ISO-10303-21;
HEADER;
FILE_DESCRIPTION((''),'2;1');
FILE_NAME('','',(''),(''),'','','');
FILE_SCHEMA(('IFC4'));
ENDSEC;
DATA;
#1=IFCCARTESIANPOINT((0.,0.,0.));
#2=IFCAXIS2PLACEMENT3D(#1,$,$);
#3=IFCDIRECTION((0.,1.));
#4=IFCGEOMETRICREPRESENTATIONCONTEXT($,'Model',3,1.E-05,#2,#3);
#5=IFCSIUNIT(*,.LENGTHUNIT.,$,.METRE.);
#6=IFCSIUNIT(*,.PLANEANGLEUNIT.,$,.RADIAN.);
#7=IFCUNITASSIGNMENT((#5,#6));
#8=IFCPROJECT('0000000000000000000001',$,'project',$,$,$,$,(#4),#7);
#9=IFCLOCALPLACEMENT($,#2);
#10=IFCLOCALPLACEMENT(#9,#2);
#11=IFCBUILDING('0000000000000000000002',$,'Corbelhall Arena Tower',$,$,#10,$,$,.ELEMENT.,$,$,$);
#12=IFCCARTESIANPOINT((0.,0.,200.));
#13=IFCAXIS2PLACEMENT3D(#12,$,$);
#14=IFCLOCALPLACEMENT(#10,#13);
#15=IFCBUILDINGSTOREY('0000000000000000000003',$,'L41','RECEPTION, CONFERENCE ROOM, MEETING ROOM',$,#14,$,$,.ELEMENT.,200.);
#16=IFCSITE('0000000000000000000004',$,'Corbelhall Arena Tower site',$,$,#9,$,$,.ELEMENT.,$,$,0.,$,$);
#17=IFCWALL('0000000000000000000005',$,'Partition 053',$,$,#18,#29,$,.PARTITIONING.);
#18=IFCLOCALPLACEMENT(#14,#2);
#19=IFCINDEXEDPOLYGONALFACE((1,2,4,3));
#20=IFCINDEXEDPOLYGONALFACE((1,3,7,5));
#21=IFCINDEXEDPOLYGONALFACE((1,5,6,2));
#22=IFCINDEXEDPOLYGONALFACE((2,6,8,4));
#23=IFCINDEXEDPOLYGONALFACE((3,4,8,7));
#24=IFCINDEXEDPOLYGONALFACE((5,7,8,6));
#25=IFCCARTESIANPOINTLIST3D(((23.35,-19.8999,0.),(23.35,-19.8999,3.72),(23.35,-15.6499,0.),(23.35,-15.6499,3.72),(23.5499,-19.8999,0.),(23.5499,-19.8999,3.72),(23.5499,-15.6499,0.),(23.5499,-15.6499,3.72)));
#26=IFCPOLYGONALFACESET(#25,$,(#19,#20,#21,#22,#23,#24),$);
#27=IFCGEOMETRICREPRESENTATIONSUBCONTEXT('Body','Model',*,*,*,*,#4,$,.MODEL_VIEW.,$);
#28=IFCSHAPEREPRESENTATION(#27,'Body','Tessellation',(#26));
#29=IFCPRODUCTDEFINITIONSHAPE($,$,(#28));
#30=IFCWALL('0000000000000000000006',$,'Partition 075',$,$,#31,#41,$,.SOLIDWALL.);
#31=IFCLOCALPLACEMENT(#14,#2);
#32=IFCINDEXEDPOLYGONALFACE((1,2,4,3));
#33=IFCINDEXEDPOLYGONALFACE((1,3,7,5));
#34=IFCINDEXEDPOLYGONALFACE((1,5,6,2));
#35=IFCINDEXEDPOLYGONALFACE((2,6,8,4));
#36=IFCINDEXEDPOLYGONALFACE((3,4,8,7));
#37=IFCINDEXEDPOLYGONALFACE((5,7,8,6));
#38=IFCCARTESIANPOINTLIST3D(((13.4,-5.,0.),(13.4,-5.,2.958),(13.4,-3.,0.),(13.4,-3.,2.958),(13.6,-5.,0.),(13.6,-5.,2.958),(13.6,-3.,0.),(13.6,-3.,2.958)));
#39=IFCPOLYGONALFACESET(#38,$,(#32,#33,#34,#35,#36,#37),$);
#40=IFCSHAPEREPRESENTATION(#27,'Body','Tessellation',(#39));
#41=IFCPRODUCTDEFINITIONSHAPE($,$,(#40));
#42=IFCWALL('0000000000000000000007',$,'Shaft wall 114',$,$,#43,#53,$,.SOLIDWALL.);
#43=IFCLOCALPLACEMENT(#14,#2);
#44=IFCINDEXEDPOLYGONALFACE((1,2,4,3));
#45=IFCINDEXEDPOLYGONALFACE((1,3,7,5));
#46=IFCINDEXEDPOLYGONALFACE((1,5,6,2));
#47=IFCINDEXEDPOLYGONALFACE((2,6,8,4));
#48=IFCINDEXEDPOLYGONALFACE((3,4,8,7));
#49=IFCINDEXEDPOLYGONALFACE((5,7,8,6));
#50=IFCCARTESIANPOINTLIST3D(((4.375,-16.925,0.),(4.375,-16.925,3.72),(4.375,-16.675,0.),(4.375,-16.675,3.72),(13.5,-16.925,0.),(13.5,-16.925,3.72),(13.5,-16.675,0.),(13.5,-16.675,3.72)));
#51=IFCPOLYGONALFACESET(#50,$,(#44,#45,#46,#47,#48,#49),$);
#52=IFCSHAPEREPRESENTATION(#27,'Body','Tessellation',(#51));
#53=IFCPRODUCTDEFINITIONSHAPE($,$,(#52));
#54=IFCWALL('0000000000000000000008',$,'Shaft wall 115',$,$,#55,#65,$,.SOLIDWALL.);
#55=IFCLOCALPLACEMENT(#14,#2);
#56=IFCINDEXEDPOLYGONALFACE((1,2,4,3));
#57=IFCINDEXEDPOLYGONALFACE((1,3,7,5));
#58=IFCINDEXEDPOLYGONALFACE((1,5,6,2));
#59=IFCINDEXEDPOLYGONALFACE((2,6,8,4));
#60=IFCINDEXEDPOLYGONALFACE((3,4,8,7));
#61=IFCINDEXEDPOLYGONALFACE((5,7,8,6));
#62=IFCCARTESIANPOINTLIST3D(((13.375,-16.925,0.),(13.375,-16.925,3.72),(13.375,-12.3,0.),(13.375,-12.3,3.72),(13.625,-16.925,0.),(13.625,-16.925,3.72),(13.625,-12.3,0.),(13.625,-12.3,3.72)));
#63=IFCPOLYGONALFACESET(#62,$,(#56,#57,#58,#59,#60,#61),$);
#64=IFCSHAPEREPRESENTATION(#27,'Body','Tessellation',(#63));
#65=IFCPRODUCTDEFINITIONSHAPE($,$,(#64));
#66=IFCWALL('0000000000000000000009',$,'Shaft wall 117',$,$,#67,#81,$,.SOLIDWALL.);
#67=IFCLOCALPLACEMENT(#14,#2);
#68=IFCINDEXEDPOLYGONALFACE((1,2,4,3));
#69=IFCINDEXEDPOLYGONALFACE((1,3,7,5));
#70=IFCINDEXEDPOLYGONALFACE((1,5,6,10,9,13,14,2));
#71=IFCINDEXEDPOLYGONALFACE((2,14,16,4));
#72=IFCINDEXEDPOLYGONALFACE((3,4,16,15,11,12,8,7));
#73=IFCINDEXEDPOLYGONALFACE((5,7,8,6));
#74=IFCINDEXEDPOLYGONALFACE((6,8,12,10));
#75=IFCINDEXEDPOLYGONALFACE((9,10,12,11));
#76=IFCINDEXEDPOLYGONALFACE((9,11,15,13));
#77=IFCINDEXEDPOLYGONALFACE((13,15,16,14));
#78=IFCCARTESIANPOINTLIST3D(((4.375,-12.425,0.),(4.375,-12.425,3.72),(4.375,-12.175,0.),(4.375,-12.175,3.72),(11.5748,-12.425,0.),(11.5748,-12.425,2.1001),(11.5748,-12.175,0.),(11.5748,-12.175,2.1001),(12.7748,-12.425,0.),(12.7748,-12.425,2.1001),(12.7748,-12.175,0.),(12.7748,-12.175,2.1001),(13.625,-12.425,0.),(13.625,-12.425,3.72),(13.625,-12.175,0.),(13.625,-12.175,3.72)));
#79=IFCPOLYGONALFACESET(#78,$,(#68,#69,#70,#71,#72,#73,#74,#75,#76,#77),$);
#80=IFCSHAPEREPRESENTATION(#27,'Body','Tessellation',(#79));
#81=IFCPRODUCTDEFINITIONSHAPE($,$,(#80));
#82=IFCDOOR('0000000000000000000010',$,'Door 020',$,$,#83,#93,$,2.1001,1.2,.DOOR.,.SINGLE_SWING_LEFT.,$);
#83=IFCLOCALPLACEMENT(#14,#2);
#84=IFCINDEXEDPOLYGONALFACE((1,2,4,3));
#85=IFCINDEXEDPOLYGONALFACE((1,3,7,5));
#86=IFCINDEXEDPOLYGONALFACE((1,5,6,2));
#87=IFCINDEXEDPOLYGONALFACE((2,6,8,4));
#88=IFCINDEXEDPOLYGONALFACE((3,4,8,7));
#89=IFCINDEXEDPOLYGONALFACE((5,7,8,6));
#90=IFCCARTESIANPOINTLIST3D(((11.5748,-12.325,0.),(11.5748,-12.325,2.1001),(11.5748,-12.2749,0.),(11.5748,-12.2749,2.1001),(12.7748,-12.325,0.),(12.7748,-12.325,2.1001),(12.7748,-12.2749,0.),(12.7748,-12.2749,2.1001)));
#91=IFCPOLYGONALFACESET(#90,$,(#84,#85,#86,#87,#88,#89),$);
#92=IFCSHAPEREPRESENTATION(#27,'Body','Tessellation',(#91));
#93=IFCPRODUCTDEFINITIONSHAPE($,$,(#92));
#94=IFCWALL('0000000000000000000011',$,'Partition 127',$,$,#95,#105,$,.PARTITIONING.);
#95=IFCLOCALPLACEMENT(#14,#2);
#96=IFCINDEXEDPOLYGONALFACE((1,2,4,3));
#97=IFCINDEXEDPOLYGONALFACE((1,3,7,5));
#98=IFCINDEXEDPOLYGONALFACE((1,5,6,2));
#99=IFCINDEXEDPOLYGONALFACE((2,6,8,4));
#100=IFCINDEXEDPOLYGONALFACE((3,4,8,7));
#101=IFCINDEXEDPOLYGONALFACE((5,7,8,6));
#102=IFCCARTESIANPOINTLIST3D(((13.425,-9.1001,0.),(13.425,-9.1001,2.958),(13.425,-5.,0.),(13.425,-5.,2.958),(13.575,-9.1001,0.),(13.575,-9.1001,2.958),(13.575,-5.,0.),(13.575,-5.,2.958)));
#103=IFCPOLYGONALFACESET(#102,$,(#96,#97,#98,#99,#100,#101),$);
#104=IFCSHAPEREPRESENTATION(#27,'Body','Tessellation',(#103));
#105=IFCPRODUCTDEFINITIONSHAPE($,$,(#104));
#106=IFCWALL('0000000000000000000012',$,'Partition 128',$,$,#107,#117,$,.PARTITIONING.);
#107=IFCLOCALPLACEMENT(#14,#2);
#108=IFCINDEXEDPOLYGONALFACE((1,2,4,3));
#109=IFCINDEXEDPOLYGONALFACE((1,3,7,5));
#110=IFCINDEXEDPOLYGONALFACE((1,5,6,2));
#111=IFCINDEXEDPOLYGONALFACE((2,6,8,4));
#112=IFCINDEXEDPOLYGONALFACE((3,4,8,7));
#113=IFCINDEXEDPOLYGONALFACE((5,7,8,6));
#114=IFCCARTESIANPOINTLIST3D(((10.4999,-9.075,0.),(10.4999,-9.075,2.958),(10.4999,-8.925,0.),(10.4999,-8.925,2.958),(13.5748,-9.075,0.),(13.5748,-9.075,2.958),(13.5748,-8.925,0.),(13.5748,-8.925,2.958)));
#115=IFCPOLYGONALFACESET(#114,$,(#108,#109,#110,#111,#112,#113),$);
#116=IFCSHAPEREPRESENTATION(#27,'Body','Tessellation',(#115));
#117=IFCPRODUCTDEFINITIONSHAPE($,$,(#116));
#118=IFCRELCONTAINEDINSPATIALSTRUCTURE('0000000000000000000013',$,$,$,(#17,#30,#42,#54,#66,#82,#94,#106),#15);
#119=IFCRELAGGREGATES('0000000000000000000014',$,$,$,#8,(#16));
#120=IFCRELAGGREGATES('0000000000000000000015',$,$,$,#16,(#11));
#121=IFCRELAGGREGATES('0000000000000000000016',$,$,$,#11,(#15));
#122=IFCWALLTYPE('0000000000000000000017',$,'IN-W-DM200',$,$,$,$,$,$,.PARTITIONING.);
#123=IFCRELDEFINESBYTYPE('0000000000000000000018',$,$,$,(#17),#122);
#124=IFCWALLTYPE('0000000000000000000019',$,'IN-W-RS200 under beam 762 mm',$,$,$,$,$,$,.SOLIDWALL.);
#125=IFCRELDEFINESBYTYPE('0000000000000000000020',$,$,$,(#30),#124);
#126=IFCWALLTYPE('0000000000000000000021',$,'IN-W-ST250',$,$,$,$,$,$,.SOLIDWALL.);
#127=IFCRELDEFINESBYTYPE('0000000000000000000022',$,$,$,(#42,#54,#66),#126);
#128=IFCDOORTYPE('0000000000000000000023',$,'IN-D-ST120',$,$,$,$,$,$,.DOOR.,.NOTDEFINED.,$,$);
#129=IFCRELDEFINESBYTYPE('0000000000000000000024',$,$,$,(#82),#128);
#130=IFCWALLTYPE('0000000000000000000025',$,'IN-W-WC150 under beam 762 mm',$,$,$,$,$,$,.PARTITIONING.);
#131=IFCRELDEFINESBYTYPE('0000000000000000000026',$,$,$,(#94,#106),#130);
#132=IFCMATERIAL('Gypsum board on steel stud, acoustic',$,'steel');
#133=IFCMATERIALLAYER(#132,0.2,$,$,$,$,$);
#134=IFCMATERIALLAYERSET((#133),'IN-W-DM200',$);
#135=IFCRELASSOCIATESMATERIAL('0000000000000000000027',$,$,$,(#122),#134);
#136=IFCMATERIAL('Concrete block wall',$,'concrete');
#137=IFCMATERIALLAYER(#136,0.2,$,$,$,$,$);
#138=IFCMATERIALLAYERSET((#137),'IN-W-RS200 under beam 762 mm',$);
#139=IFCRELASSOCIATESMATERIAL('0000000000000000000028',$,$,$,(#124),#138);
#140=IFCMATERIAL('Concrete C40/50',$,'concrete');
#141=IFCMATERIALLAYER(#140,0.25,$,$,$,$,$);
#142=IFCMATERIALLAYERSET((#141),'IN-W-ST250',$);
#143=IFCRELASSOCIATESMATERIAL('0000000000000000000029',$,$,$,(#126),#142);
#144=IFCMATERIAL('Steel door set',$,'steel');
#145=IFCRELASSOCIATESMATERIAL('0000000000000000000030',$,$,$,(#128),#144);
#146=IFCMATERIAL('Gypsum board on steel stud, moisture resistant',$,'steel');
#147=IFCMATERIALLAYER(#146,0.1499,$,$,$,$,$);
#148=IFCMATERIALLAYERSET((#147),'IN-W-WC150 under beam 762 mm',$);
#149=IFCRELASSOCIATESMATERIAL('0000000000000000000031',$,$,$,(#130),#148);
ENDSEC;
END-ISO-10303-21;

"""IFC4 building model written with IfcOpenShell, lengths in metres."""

from ifc_helpers import new_model, si_unit, direction, frame, frame_2d, origin, place, context, subcontext, project, spatial, rectangle, extrude, material, layer, layer_set, type_object, element, fill, save


model = new_model("IFC4")

# Units and contexts
model_context = context("Model", 3, precision=1e-05, world=origin(), true_north=direction((0.0, 1.0)))
body_context = subcontext(model_context, "Body", "Model", "MODEL_VIEW")
ifc_project = project(units=[si_unit("LENGTHUNIT", "METRE"), si_unit("PLANEANGLEUNIT", "RADIAN")], contexts=[model_context])

# Site, building, storey
site_placement = place(None, origin())
site = spatial("IfcSite", under=ifc_project, at=site_placement, Name="Corbelhall Arena Tower site", CompositionType="ELEMENT", RefElevation=0.0)
building_placement = place(site_placement, origin())
building = spatial("IfcBuilding", under=site, at=building_placement, Name="Corbelhall Arena Tower", CompositionType="ELEMENT")
storey_placement = place(building_placement, frame((0.0, 0.0, 200.0)))
storey = spatial("IfcBuildingStorey", under=building, at=storey_placement, Name="L41", Description="RECEPTION, CONFERENCE ROOM, MEETING ROOM", CompositionType="ELEMENT", Elevation=200.0)

# Shared definitions
ifc_material_1 = material(Name="Gypsum board on steel stud, acoustic", Category="steel")
ifc_layer_1 = layer(ifc_material_1, 0.2)
ifc_layer_set_1 = layer_set([ifc_layer_1], Name="IN-W-DM200")
wall_type_1 = type_object("IfcWallType", Name="IN-W-DM200", PredefinedType="PARTITIONING", material=ifc_layer_set_1)

# Shared definitions
ifc_material_2 = material(Name="Steel door set", Category="steel")

# Walls
wall_1_placement = place(storey_placement, frame((23.45, -15.6499, 0.0), z_axis=(0.0, 0.0, 1.0), x_axis=(0.0, -1.0, 0.0)))
element("IfcWall", 1, at=wall_1_placement, inside=storey, type_object=wall_type_1, Name="Partition 053", PredefinedType="PARTITIONING", context=body_context, shape_type="SweptSolid", body=[
    extrude(rectangle(XDim=4.25, YDim=0.2, at=frame_2d((2.125, 0.0))), origin(), (0.0, 0.0, 1.0), 3.72),
])
ifc_material_3 = material(Name="Concrete block wall", Category="concrete")
ifc_layer_2 = layer(ifc_material_3, 0.2)
ifc_layer_set_2 = layer_set([ifc_layer_2], Name="IN-W-RS200 under beam 762 mm")
wall_type_2 = type_object("IfcWallType", Name="IN-W-RS200 under beam 762 mm", PredefinedType="SOLIDWALL", material=ifc_layer_set_2)
wall_2_placement = place(storey_placement, frame((13.5, -3.0, 0.0), z_axis=(0.0, 0.0, 1.0), x_axis=(0.0, -1.0, 0.0)))
element("IfcWall", 2, at=wall_2_placement, inside=storey, type_object=wall_type_2, Name="Partition 075", PredefinedType="SOLIDWALL", context=body_context, shape_type="SweptSolid", body=[
    extrude(rectangle(XDim=2.0, YDim=0.2, at=frame_2d((1.0, 0.0))), origin(), (0.0, 0.0, 1.0), 2.958),
])
ifc_material_4 = material(Name="Concrete C40/50", Category="concrete")
ifc_layer_3 = layer(ifc_material_4, 0.25)
ifc_layer_set_3 = layer_set([ifc_layer_3], Name="IN-W-ST250")
wall_type_3 = type_object("IfcWallType", Name="IN-W-ST250", PredefinedType="SOLIDWALL", material=ifc_layer_set_3)
wall_3_placement = place(storey_placement, frame((13.5, -16.8, 0.0), z_axis=(0.0, 0.0, 1.0), x_axis=(-1.0, 0.0, 0.0)))
element("IfcWall", 3, at=wall_3_placement, inside=storey, type_object=wall_type_3, Name="Shaft wall 114", PredefinedType="SOLIDWALL", context=body_context, shape_type="SweptSolid", body=[
    extrude(rectangle(XDim=9.125, YDim=0.25, at=frame_2d((4.5625, 0.0))), origin(), (0.0, 0.0, 1.0), 3.72),
])
wall_4_placement = place(storey_placement, frame((13.5, -12.3, 0.0), z_axis=(0.0, 0.0, 1.0), x_axis=(0.0, -1.0, 0.0)))
element("IfcWall", 4, at=wall_4_placement, inside=storey, type_object=wall_type_3, Name="Shaft wall 115", PredefinedType="SOLIDWALL", context=body_context, shape_type="SweptSolid", body=[
    extrude(rectangle(XDim=4.625, YDim=0.25, at=frame_2d((2.3125, 0.0))), origin(), (0.0, 0.0, 1.0), 3.72),
])

# Wall, opening, door
wall_5_placement = place(storey_placement, frame((13.625, -12.3, 0.0), z_axis=(0.0, 0.0, 1.0), x_axis=(-1.0, 0.0, 0.0)))
wall_5 = element("IfcWall", 5, at=wall_5_placement, inside=storey, type_object=wall_type_3, Name="Shaft wall 117", PredefinedType="SOLIDWALL", context=body_context, shape_type="SweptSolid", body=[
    extrude(rectangle(XDim=9.25, YDim=0.25, at=frame_2d((4.625, 0.0))), origin(), (0.0, 0.0, 1.0), 3.72),
])
opening_1_placement = place(wall_5_placement, frame((0.8501, 0.0, 0.0)))
opening_1 = element("IfcOpeningElement", 6, at=opening_1_placement, cuts=wall_5, PredefinedType="OPENING", context=body_context, shape_type="SweptSolid", body=[
    extrude(rectangle(XDim=1.2, YDim=2.1001, at=frame_2d((0.6001, 1.05))), frame((0.0, 0.125, 0.0), z_axis=(0.0, -1.0, 0.0), x_axis=(1.0, 0.0, 0.0)), (0.0, 0.0, 1.0), 0.25),
])
door_type_1 = type_object("IfcDoorType", Name="IN-D-ST120", OperationType="NOTDEFINED", PredefinedType="DOOR", material=ifc_material_2)
door_1_placement = place(opening_1_placement, origin())
door_1 = element("IfcDoor", 7, at=door_1_placement, inside=storey, type_object=door_type_1, Name="Door 020", OperationType="SINGLE_SWING_LEFT", OverallHeight=2.1001, OverallWidth=1.2, PredefinedType="DOOR", context=body_context, shape_type="SweptSolid", body=[
    extrude(rectangle(XDim=1.2, YDim=2.1001, at=frame_2d((0.6001, 1.05))), frame((0.0, 0.0249, 0.0), z_axis=(0.0, -1.0, 0.0), x_axis=(1.0, 0.0, 0.0)), (0.0, 0.0, 1.0), 0.05),
])
fill(opening_1, door_1)

# Walls
ifc_material_5 = material(Name="Gypsum board on steel stud, moisture resistant", Category="steel")
ifc_layer_4 = layer(ifc_material_5, 0.1499)
ifc_layer_set_4 = layer_set([ifc_layer_4], Name="IN-W-WC150 under beam 762 mm")
wall_type_4 = type_object("IfcWallType", Name="IN-W-WC150 under beam 762 mm", PredefinedType="PARTITIONING", material=ifc_layer_set_4)
wall_6_placement = place(storey_placement, frame((13.5, -5.0, 0.0), z_axis=(0.0, 0.0, 1.0), x_axis=(0.0, -1.0, 0.0)))
element("IfcWall", 8, at=wall_6_placement, inside=storey, type_object=wall_type_4, Name="Partition 127", PredefinedType="PARTITIONING", context=body_context, shape_type="SweptSolid", body=[
    extrude(rectangle(XDim=4.1001, YDim=0.1499, at=frame_2d((2.05, 0.0))), origin(), (0.0, 0.0, 1.0), 2.958),
])
wall_7_placement = place(storey_placement, frame((13.575, -9.0, 0.0), z_axis=(0.0, 0.0, 1.0), x_axis=(-1.0, 0.0, 0.0)))
element("IfcWall", 9, at=wall_7_placement, inside=storey, type_object=wall_type_4, Name="Partition 128", PredefinedType="PARTITIONING", context=body_context, shape_type="SweptSolid", body=[
    extrude(rectangle(XDim=3.075, YDim=0.1499, at=frame_2d((1.5376, 0.0))), origin(), (0.0, 0.0, 1.0), 2.958),
])

save(model, "model.ifc")
